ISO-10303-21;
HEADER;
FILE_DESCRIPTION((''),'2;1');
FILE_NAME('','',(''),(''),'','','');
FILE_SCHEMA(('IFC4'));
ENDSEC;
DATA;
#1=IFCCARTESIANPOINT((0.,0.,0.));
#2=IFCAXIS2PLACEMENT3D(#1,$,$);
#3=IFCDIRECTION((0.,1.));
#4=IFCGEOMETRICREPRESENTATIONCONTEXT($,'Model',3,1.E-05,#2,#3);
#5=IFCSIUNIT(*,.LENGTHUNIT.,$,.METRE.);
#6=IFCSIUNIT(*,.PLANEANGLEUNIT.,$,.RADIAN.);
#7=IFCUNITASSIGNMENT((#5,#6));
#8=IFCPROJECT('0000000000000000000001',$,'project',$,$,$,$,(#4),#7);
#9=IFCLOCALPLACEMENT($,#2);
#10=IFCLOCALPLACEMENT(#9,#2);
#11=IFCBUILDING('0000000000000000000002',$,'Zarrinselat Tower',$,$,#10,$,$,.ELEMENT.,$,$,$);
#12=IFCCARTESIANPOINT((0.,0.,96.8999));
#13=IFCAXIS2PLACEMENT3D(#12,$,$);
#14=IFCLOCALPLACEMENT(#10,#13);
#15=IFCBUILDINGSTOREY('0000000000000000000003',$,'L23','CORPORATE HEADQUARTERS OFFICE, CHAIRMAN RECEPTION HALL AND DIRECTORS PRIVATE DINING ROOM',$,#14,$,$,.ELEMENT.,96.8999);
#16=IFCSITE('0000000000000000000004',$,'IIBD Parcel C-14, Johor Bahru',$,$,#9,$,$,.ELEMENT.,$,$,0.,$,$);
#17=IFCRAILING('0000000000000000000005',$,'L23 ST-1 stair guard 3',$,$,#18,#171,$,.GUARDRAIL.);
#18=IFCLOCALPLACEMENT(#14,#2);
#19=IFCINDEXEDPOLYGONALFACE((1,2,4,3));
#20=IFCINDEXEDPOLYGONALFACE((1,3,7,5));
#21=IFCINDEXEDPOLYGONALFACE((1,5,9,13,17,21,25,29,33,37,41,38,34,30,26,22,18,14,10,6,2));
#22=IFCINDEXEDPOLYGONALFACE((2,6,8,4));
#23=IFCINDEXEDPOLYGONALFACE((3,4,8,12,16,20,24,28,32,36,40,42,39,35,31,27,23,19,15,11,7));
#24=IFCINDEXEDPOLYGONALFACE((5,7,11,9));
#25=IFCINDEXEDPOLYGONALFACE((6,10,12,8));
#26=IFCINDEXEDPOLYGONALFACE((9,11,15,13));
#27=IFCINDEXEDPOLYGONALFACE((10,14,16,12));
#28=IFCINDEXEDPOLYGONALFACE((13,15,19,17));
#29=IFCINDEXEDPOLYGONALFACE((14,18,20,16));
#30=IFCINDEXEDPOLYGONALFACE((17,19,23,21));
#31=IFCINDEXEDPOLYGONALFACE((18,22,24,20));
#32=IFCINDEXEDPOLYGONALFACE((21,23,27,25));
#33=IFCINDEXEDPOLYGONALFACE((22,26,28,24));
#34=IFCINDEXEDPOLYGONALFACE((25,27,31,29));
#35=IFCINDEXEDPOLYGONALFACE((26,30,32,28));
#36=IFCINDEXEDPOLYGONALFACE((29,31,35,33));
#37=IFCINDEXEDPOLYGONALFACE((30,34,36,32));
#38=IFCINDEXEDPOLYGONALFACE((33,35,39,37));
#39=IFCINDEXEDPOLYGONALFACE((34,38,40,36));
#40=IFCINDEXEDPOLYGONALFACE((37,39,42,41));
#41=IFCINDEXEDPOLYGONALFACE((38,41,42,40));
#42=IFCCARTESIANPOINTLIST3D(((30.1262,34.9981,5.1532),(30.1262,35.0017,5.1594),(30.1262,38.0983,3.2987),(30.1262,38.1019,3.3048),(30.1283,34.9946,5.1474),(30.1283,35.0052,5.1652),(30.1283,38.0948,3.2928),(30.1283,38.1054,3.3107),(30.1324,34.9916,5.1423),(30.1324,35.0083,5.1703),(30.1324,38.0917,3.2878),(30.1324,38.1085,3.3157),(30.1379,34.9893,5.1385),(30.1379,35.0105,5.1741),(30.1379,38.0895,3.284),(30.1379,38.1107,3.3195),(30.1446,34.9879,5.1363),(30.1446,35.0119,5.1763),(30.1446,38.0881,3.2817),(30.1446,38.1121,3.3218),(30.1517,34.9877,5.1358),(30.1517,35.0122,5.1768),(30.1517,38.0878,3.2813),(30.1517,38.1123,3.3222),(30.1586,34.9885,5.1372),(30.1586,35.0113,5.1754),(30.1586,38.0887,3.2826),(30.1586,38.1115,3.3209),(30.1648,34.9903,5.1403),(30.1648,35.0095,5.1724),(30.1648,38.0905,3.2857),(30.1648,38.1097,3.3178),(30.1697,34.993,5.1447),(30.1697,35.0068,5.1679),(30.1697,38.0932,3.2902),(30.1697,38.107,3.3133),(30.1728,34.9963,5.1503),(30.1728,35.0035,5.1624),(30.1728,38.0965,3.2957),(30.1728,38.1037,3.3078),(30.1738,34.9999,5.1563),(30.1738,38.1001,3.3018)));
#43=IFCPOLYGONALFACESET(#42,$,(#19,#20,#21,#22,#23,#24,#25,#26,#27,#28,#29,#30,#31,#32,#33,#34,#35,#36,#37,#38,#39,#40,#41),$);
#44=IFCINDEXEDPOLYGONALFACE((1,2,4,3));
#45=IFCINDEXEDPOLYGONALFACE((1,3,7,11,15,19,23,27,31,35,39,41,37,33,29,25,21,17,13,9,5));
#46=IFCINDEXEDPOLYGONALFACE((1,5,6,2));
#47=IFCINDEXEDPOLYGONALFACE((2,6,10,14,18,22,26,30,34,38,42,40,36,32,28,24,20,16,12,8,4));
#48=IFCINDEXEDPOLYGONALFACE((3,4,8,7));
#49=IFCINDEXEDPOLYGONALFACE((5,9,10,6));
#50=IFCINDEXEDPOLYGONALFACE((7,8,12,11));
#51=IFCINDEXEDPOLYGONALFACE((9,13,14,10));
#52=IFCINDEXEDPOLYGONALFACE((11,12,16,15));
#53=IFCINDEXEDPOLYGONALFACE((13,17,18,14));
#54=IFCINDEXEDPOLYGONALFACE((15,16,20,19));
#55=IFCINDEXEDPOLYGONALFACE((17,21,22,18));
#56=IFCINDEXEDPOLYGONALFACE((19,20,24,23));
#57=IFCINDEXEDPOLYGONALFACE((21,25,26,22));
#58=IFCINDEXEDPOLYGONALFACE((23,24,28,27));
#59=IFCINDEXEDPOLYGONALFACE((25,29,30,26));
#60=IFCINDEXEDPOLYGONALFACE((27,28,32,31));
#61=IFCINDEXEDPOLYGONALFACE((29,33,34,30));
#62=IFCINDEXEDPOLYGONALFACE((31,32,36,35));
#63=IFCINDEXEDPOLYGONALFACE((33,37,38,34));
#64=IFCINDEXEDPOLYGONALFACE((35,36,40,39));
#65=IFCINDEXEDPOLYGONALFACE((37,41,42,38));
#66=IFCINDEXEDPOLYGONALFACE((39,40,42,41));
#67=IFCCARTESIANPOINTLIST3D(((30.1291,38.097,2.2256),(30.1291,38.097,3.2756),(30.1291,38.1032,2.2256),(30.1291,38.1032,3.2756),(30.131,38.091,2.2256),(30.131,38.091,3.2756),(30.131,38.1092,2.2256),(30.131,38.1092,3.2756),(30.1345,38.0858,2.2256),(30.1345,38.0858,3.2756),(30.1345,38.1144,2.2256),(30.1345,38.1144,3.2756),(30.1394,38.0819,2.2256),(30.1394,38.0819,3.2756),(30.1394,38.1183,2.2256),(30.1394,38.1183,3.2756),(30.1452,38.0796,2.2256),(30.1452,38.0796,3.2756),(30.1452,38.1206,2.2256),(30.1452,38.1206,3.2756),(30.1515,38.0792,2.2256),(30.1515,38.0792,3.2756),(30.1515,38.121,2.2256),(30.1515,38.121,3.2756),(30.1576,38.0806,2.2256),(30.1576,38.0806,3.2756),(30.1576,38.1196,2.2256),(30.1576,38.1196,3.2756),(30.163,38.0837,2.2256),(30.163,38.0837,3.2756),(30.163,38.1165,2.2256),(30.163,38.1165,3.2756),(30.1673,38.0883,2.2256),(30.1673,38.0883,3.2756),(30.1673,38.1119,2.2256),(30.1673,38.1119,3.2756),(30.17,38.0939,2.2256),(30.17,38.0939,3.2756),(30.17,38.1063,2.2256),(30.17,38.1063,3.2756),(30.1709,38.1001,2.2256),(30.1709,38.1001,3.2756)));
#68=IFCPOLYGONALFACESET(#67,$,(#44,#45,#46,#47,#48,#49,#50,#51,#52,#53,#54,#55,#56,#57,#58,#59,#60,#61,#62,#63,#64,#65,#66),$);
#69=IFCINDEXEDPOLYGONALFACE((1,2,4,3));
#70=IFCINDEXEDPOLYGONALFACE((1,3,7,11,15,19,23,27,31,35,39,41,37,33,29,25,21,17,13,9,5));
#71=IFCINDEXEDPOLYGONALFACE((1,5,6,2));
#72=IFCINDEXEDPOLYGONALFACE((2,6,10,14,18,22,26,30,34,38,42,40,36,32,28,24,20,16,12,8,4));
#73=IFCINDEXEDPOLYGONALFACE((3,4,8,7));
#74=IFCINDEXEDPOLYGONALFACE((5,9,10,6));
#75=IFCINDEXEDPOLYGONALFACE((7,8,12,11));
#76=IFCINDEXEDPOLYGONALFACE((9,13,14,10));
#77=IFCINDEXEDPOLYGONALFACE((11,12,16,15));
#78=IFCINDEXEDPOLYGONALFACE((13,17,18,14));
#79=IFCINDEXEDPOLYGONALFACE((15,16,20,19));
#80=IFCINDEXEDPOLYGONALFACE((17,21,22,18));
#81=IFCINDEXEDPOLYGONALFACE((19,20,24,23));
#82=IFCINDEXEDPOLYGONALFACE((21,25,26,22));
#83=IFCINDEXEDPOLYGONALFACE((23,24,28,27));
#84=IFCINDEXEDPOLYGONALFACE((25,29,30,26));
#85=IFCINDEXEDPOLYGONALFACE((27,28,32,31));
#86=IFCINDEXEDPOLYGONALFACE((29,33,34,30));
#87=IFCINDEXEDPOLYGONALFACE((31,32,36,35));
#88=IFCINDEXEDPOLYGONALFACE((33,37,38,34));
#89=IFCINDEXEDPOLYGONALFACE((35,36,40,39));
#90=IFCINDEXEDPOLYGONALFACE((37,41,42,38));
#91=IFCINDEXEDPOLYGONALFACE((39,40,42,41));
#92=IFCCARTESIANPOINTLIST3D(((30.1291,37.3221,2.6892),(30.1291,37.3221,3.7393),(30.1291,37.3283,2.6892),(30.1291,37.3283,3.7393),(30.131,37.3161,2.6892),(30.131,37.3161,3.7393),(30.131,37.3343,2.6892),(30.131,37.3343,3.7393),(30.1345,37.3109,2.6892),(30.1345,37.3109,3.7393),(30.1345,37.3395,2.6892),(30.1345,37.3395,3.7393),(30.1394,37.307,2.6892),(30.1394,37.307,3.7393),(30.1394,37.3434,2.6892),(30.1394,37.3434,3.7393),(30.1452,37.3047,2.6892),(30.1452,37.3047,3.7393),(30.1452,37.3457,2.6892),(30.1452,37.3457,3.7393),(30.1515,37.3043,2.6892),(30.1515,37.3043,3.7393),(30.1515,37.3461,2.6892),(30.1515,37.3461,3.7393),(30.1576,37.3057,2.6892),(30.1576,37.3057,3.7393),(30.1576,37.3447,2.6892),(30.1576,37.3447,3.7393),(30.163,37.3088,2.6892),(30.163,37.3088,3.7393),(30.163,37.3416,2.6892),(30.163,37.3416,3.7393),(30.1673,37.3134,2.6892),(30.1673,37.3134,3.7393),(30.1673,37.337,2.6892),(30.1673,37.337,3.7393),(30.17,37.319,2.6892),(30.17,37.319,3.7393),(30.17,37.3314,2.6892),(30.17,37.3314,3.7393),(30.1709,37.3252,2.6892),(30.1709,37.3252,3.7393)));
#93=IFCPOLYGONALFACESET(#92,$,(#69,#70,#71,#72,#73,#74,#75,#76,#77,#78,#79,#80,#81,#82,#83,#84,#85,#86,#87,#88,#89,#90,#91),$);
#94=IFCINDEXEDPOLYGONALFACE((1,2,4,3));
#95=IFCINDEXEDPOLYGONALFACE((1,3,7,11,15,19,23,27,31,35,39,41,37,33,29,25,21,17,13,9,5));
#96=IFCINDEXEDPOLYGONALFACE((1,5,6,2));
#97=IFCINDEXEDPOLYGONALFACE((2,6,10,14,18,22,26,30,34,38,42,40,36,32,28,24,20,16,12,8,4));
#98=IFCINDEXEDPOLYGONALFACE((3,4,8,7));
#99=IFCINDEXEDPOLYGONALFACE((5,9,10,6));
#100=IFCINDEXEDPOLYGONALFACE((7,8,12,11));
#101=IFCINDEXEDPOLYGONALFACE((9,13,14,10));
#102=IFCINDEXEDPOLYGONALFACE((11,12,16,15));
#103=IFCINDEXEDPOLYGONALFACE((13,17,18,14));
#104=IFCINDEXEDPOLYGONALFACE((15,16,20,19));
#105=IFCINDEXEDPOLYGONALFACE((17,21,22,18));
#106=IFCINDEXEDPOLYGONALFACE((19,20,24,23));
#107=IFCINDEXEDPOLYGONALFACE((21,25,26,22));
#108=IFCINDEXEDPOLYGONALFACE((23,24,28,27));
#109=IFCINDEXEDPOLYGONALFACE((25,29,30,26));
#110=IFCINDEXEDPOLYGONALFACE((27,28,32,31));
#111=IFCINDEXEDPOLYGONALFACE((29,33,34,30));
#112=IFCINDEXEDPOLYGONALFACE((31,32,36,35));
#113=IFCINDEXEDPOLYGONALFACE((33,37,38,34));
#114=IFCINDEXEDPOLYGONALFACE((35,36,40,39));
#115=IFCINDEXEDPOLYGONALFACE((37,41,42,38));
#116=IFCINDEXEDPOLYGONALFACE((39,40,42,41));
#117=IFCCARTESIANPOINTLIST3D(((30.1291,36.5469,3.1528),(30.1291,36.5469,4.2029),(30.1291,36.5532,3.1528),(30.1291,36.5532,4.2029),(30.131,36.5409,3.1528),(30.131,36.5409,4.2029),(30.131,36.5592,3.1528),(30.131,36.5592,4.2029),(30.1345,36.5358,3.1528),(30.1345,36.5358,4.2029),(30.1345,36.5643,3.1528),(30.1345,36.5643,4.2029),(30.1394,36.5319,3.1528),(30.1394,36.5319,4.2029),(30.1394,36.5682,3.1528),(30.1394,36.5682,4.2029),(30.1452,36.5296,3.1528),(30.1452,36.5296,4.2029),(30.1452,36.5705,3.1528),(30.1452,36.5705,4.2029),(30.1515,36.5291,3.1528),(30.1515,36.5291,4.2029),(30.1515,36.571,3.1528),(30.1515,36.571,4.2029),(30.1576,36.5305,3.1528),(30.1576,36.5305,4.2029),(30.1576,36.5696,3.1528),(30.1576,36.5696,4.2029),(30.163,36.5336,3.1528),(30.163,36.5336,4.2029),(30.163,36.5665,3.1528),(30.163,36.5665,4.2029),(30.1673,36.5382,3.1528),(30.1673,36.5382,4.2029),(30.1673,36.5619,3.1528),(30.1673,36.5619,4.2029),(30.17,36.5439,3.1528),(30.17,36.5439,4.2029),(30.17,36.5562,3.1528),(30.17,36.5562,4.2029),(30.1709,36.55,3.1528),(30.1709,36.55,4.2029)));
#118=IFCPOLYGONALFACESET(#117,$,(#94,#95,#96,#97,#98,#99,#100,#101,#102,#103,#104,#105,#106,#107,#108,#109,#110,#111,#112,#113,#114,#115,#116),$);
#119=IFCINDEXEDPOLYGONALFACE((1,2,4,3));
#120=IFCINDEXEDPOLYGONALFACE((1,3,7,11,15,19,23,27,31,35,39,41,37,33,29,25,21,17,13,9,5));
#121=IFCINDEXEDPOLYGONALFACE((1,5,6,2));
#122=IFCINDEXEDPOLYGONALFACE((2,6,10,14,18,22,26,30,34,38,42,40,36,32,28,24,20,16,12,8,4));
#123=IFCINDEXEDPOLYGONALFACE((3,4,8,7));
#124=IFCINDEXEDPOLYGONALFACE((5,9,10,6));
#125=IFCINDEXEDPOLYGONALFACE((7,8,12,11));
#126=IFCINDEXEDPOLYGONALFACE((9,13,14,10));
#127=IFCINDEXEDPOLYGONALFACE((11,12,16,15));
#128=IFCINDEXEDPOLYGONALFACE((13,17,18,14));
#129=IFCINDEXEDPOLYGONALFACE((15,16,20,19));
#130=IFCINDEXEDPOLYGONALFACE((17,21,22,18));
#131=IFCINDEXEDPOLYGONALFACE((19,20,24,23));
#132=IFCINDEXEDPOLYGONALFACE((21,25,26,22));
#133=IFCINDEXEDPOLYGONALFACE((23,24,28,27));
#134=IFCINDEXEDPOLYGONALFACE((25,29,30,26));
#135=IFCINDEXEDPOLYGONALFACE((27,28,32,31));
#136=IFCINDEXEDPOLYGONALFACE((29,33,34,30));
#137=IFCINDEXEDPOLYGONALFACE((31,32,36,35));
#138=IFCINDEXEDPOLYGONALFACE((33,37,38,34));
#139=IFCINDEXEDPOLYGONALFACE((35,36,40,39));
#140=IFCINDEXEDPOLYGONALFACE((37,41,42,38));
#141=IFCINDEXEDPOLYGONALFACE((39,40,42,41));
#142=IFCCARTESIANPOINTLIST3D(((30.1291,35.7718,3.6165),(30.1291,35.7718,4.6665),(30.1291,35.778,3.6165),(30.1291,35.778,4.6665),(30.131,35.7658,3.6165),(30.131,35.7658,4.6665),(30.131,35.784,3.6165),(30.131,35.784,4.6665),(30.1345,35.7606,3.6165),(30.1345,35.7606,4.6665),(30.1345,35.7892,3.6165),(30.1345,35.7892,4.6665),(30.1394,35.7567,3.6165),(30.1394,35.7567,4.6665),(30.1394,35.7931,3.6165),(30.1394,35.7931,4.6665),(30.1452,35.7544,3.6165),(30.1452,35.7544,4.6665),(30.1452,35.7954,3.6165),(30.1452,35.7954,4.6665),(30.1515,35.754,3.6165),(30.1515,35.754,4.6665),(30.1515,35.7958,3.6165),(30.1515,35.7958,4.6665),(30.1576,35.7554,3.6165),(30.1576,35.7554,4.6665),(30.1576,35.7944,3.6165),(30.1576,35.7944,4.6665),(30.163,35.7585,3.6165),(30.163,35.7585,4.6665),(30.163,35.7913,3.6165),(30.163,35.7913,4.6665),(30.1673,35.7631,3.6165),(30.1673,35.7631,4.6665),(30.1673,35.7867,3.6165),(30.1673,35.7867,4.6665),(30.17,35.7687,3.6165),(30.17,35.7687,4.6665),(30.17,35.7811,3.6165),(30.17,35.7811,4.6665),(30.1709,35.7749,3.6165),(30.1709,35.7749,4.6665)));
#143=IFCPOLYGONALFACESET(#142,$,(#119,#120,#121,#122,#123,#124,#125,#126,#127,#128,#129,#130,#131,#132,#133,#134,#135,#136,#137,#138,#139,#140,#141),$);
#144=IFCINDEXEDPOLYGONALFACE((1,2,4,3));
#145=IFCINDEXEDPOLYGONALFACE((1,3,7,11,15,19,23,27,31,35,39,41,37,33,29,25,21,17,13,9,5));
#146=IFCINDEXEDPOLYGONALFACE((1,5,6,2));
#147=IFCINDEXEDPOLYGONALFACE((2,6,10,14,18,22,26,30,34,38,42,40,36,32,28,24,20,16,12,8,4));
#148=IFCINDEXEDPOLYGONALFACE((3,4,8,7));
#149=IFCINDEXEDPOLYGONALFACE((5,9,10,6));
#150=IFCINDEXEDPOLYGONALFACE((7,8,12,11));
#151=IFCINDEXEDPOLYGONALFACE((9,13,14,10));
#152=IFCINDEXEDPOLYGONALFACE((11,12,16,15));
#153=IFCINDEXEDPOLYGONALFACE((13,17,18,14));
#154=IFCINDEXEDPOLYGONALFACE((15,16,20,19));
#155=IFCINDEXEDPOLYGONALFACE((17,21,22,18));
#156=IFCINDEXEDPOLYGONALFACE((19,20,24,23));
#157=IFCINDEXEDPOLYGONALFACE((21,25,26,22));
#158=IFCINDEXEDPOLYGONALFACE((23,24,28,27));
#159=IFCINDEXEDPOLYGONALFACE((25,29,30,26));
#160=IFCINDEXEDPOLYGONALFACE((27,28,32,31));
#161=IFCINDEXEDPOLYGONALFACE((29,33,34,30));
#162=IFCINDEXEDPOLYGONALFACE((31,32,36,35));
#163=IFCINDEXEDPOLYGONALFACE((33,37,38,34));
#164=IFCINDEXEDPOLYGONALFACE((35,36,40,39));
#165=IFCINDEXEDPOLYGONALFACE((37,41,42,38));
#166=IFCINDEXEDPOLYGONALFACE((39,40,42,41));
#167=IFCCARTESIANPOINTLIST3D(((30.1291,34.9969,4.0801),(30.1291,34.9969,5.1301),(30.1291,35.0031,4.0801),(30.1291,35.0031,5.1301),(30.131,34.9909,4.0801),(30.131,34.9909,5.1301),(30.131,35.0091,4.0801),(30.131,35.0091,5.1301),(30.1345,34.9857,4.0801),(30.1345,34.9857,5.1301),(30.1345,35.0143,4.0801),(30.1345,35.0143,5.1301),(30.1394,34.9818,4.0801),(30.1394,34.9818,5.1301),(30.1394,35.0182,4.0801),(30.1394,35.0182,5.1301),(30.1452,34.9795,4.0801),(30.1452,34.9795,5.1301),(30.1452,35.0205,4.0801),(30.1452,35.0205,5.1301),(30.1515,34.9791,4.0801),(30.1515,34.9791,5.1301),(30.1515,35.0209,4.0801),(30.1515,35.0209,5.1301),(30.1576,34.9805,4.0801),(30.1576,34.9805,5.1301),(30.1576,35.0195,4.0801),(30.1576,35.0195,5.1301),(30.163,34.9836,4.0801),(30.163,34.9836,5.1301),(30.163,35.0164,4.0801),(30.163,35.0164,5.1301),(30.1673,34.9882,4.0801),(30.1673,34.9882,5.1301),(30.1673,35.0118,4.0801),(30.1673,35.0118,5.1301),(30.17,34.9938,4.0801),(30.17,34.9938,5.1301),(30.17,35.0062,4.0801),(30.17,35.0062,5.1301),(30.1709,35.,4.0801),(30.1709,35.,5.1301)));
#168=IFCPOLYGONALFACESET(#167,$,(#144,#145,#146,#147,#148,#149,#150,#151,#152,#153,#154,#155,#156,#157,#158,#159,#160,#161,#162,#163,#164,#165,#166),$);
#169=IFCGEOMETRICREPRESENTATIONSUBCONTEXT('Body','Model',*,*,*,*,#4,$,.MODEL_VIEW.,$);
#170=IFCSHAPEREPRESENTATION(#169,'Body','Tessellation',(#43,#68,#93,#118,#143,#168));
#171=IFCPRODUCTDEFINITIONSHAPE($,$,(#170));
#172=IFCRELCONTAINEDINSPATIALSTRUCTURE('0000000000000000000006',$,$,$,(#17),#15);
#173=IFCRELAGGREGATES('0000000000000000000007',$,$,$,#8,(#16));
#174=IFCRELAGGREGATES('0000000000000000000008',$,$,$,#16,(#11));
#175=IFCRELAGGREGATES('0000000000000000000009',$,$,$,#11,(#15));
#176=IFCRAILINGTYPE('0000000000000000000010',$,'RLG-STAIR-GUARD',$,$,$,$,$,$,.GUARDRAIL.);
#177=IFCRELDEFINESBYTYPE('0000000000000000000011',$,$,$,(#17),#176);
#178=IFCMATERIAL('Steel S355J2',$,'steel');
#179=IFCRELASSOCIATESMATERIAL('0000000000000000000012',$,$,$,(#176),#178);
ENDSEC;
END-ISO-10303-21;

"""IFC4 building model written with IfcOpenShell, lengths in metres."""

from ifc_helpers import new_model, si_unit, direction, frame, origin, origin_2d, place, context, subcontext, project, spatial, circle, extrude, material, type_object, element, save


model = new_model("IFC4")

# Units and contexts
model_context = context("Model", 3, precision=1e-05, world=origin(), true_north=direction((0.0, 1.0)))
body_context = subcontext(model_context, "Body", "Model", "MODEL_VIEW")
ifc_project = project(units=[si_unit("LENGTHUNIT", "METRE"), si_unit("PLANEANGLEUNIT", "RADIAN")], contexts=[model_context])

# Site, building, storey
site_placement = place(None, origin())
site = spatial("IfcSite", under=ifc_project, at=site_placement, Name="IIBD Parcel C-14, Johor Bahru", CompositionType="ELEMENT", RefElevation=0.0)
building_placement = place(site_placement, origin())
building = spatial("IfcBuilding", under=site, at=building_placement, Name="Zarrinselat Tower", CompositionType="ELEMENT")
storey_placement = place(building_placement, frame((0.0, 0.0, 96.8999)))
storey = spatial("IfcBuildingStorey", under=building, at=storey_placement, Name="L23", Description="CORPORATE HEADQUARTERS OFFICE, CHAIRMAN RECEPTION HALL AND DIRECTORS PRIVATE DINING ROOM", CompositionType="ELEMENT", Elevation=96.8999)

# Railing
ifc_material_1 = material(Name="Steel S355J2", Category="steel")
railing_type_1 = type_object("IfcRailingType", Name="RLG-STAIR-GUARD", PredefinedType="GUARDRAIL", material=ifc_material_1)
railing_1_placement = place(storey_placement, frame((30.1499, 38.1001, 2.2256)))
element("IfcRailing", 1, at=railing_1_placement, inside=storey, type_object=railing_type_1, Name="L23 ST-1 stair guard 3", PredefinedType="GUARDRAIL", context=body_context, shape_type="SweptSolid", body=[
    extrude(circle(Radius=0.0239, at=origin_2d()), frame((0.0, 0.0, 1.0762), z_axis=(0.0, -0.858172, 0.513362), x_axis=(1.0, 0.0, 0.0)), (0.0, 0.0, 1.0), 3.6125),
    extrude(circle(Radius=0.021, at=origin_2d()), origin(), (0.0, 0.0, 1.0), 1.05),
    extrude(circle(Radius=0.021, at=origin_2d()), frame((0.0, -0.7749, 0.4636)), (0.0, 0.0, 1.0), 1.05),
    extrude(circle(Radius=0.021, at=origin_2d()), frame((0.0, -1.55, 0.9272)), (0.0, 0.0, 1.0), 1.05),
    extrude(circle(Radius=0.021, at=origin_2d()), frame((0.0, -2.3252, 1.3909)), (0.0, 0.0, 1.0), 1.05),
    extrude(circle(Radius=0.021, at=origin_2d()), frame((0.0, -3.1001, 1.8545)), (0.0, 0.0, 1.0), 1.05),
])

save(model, "model.ifc")
